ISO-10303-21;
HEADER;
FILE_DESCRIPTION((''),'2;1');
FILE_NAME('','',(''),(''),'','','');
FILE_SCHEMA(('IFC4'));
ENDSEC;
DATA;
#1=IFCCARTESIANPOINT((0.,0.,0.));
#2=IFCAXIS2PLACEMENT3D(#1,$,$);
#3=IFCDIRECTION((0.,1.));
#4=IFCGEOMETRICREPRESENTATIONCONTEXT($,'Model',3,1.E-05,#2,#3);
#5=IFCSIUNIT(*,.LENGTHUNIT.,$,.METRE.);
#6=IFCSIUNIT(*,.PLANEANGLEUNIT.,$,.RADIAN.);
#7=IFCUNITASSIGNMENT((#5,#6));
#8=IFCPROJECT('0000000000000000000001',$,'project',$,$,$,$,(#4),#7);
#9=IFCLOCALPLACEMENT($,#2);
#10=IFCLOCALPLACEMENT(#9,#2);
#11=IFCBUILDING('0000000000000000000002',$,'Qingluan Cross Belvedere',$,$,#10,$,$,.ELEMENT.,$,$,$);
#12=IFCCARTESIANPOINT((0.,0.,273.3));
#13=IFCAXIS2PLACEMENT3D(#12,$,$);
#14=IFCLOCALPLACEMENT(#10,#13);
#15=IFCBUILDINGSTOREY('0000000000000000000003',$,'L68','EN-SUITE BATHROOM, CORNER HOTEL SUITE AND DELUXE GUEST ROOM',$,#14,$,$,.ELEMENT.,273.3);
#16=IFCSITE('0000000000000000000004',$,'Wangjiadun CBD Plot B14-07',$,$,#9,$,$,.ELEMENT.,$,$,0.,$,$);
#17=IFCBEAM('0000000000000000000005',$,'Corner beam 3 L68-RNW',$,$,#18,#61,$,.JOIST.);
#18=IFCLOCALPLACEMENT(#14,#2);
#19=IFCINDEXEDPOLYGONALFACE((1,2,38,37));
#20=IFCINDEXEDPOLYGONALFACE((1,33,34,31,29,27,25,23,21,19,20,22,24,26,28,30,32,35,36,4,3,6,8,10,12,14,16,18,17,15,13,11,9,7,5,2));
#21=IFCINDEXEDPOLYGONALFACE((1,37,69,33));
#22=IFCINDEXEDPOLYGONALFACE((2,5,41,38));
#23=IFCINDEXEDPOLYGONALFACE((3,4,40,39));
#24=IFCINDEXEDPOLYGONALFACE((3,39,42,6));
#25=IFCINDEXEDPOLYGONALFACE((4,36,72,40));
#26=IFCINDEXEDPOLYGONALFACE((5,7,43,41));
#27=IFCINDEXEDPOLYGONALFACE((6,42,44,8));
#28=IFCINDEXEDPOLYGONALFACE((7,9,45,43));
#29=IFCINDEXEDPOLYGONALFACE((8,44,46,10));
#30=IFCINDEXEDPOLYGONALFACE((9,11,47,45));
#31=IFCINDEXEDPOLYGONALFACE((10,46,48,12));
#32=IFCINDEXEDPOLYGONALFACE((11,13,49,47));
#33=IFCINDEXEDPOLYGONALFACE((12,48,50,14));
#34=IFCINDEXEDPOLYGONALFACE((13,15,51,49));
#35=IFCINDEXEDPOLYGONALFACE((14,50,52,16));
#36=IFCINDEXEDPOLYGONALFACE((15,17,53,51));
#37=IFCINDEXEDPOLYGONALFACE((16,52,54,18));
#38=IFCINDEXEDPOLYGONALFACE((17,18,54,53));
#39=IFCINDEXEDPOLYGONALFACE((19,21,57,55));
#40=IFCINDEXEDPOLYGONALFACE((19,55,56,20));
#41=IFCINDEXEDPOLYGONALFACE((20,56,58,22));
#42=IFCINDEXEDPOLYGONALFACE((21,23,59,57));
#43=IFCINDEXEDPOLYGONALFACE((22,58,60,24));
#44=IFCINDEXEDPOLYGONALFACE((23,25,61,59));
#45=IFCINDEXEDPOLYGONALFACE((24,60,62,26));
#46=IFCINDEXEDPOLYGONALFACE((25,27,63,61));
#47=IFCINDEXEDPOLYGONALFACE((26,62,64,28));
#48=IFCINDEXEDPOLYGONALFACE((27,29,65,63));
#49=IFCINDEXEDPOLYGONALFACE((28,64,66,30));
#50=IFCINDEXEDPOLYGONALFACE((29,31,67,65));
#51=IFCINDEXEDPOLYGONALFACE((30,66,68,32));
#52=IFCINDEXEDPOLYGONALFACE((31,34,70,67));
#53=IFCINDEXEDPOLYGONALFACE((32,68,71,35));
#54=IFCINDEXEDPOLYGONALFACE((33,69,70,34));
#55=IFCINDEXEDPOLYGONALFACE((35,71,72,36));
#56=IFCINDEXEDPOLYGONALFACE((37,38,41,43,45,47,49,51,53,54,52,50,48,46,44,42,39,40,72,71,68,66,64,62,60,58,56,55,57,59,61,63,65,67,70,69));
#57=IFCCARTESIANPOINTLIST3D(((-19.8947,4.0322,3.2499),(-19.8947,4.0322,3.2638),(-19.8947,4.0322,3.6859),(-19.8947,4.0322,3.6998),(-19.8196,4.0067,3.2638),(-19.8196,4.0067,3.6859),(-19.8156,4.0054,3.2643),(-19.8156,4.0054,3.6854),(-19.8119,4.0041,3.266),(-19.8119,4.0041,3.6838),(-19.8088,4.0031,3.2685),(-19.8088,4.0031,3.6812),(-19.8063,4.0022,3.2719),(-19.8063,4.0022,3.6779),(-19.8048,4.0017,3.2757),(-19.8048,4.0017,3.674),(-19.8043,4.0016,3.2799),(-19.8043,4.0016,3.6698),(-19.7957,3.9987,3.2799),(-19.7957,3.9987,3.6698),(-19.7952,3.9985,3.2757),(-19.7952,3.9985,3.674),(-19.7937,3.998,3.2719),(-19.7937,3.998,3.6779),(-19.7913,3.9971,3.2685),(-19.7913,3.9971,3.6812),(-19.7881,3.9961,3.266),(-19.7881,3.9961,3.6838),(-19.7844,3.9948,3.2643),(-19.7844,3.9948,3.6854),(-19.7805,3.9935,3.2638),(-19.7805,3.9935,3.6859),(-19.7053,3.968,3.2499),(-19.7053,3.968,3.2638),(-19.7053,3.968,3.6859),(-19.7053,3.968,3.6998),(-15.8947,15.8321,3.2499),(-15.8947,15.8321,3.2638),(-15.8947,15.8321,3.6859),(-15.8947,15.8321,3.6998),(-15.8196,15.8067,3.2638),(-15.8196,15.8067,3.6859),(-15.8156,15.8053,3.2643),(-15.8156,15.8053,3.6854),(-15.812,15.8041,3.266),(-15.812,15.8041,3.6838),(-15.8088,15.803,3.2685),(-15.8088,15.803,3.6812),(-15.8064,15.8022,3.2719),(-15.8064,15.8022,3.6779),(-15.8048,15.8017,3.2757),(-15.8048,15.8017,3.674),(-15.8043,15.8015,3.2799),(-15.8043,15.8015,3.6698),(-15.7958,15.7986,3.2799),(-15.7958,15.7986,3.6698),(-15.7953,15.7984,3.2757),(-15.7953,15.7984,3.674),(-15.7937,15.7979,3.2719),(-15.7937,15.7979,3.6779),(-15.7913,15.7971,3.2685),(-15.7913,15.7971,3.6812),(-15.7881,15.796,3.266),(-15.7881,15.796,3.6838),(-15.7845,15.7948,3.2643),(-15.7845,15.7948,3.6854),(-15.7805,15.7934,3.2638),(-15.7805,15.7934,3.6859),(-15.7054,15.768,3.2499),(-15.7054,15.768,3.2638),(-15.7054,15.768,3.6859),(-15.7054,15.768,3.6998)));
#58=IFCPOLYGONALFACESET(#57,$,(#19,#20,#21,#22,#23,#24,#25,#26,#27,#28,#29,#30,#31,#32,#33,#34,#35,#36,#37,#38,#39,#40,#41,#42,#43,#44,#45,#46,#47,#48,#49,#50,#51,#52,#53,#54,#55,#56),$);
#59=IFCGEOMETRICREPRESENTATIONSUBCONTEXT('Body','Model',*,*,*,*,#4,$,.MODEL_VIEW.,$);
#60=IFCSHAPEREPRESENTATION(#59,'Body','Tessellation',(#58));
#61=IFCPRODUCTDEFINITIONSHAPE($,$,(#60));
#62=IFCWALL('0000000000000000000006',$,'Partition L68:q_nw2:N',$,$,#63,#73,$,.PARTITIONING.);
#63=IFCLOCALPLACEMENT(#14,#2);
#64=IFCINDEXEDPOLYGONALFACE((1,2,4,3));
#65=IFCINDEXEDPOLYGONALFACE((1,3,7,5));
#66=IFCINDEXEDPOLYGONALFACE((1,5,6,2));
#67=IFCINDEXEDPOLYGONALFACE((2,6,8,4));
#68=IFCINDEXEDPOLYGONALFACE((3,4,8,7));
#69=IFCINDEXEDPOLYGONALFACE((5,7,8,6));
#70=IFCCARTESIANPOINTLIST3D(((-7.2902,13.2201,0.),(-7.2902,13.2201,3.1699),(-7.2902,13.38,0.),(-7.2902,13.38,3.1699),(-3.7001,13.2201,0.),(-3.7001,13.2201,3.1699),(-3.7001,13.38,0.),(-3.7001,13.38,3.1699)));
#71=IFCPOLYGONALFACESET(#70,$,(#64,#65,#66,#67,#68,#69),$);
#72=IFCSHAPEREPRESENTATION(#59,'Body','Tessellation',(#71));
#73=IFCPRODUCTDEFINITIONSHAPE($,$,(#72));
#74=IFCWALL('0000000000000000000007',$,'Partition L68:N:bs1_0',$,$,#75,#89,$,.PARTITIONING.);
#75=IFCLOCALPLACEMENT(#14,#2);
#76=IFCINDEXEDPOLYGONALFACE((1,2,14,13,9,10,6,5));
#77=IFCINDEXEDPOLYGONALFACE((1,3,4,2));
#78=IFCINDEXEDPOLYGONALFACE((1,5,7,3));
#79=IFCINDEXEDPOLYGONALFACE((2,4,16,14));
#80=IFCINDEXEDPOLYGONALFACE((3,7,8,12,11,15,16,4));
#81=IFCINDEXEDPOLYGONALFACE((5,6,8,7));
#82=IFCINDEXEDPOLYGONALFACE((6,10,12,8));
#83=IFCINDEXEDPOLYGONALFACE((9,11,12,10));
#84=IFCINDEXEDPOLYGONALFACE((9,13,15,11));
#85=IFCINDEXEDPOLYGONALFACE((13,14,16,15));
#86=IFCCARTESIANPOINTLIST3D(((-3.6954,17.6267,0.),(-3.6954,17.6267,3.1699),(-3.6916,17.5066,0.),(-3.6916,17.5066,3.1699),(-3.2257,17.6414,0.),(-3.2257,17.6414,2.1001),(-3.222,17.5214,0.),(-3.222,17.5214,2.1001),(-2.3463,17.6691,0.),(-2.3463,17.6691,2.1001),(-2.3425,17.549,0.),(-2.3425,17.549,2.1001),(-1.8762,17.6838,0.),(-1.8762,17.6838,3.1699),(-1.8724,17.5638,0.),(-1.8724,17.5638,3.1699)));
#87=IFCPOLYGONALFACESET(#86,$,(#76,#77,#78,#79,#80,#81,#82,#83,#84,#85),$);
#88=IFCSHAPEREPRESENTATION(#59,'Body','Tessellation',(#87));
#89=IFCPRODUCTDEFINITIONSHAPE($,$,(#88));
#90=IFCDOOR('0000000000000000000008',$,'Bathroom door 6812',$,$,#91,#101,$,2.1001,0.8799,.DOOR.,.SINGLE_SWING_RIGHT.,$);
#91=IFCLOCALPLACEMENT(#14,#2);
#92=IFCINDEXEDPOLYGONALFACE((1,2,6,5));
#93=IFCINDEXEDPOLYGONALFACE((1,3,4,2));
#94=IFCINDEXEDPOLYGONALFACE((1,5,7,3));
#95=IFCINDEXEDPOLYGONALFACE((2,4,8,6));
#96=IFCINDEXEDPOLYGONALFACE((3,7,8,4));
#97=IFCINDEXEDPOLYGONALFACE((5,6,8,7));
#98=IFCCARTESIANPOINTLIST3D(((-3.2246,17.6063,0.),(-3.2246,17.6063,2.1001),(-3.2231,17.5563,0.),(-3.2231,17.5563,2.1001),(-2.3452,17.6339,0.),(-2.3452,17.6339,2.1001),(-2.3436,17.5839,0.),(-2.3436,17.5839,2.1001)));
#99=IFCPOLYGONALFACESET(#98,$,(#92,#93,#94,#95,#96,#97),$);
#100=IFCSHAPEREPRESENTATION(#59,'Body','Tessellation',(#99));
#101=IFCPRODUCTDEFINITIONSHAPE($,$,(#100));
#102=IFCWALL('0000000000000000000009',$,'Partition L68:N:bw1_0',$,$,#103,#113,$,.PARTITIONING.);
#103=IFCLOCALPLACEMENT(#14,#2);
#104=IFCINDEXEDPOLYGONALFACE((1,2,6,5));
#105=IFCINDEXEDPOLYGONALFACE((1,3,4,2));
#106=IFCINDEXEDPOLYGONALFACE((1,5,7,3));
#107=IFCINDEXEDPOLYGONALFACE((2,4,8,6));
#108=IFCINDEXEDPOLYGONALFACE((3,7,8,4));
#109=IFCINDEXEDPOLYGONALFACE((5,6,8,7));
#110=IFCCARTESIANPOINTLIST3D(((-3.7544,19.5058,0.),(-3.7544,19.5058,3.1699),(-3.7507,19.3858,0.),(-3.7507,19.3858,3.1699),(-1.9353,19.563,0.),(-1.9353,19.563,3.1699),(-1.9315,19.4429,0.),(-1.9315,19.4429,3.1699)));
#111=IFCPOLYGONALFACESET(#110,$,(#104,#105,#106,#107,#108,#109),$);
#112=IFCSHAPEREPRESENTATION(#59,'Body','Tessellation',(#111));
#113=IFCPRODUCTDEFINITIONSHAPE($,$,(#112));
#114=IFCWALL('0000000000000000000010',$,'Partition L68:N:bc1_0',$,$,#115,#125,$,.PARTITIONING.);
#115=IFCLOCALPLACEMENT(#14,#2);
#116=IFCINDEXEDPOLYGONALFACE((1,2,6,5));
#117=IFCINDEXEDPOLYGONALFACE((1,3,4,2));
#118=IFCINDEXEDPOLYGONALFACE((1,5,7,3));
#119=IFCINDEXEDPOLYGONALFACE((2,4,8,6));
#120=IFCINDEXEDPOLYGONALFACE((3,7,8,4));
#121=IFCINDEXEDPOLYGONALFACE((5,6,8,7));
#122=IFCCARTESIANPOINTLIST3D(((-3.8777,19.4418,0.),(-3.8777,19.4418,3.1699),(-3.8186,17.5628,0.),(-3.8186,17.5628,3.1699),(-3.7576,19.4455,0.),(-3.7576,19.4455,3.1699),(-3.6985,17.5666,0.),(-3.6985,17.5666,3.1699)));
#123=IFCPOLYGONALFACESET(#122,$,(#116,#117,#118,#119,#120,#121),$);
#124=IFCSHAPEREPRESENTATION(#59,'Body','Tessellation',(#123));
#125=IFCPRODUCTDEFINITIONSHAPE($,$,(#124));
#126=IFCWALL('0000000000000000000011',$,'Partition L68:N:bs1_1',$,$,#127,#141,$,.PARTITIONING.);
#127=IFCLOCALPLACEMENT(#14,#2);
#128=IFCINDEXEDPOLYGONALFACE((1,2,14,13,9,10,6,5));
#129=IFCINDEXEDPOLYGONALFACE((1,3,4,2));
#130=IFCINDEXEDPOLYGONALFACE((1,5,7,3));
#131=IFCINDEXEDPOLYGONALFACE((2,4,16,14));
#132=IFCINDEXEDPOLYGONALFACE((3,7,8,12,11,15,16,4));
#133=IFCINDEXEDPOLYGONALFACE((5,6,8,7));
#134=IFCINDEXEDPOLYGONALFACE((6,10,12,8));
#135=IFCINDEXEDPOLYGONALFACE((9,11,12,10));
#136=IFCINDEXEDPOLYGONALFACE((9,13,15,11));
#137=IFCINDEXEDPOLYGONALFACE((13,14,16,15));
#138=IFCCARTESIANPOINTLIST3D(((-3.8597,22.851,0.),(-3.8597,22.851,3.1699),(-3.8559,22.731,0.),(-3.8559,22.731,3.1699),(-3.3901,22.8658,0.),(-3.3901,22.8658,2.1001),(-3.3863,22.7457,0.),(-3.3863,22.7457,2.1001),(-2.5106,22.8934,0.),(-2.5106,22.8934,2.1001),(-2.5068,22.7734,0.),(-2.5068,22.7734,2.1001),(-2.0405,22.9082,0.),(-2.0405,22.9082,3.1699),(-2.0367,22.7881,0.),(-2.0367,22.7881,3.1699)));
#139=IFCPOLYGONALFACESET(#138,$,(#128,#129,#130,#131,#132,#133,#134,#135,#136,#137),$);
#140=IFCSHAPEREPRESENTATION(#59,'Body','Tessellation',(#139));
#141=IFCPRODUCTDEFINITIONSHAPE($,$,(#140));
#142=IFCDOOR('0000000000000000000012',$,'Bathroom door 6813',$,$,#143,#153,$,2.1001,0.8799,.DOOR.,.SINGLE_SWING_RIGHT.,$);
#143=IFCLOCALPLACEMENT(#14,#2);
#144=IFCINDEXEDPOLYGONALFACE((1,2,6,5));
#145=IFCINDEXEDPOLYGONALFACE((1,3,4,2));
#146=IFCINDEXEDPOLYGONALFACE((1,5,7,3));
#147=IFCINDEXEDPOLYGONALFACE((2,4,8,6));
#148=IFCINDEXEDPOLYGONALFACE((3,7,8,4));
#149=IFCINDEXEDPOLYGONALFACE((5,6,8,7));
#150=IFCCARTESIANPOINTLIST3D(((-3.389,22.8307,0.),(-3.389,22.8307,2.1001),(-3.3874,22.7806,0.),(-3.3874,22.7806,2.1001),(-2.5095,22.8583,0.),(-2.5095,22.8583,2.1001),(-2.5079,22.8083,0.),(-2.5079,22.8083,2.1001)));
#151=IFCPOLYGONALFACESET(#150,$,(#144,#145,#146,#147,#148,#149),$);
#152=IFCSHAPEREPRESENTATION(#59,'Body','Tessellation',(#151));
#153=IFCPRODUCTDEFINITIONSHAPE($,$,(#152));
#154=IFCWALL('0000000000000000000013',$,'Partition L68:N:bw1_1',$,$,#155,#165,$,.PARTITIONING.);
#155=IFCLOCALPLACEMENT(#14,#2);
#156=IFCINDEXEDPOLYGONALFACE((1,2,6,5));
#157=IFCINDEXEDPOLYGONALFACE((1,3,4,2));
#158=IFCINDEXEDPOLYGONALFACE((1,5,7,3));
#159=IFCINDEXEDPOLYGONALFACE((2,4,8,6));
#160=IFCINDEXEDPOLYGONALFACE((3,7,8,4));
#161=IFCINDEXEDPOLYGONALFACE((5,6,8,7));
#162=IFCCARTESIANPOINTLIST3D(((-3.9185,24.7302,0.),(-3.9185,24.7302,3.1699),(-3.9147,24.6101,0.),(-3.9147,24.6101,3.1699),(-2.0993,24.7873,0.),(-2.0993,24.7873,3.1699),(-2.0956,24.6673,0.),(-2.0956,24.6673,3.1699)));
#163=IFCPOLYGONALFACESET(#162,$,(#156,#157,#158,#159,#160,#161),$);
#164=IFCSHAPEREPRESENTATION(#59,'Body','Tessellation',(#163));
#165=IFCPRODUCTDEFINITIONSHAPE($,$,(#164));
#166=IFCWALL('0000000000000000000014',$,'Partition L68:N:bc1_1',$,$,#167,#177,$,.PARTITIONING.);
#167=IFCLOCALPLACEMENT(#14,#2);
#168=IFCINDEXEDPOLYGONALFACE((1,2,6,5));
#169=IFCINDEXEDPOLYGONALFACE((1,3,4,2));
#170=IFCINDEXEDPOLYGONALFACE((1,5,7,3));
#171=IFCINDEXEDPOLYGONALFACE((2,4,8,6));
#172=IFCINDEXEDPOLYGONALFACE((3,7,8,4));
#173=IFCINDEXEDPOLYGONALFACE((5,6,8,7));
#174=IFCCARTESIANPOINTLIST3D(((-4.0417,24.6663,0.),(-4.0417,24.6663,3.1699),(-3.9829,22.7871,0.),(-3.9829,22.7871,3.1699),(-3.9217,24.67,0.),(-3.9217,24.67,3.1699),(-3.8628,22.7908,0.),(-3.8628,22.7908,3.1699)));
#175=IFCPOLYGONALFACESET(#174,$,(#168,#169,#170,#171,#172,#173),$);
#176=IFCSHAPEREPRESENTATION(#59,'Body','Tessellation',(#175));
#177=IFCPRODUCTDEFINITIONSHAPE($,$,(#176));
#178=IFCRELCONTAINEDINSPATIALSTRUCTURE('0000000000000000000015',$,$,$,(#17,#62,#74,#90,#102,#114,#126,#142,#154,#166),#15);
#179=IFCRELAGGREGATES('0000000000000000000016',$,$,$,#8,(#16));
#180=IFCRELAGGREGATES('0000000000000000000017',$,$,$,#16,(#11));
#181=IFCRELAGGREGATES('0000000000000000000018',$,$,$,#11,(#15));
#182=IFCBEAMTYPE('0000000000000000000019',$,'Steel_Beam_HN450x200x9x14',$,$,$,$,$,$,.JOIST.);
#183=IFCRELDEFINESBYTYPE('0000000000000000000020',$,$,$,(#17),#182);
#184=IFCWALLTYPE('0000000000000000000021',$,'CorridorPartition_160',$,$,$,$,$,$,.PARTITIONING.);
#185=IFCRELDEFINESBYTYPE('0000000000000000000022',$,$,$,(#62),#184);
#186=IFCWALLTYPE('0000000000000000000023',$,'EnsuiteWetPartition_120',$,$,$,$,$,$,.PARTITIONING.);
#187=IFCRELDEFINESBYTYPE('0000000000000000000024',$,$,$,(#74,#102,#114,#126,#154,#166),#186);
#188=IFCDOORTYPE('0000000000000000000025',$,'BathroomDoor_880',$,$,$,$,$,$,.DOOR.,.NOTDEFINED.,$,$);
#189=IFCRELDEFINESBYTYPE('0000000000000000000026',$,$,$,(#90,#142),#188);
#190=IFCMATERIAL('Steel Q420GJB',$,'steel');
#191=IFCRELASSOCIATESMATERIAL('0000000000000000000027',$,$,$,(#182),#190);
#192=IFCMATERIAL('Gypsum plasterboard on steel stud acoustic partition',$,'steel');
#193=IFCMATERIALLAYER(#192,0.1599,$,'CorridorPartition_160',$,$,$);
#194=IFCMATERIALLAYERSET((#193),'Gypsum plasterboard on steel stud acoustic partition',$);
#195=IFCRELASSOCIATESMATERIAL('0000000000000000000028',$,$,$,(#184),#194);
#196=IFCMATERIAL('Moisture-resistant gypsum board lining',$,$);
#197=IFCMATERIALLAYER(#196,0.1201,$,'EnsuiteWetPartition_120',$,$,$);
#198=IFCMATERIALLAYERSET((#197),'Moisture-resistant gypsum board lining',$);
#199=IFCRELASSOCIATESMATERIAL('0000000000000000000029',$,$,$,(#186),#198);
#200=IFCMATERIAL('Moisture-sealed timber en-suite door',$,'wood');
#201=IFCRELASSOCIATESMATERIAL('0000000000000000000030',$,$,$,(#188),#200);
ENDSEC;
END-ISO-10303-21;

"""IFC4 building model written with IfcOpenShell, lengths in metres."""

from ifc_helpers import new_model, si_unit, direction, frame, frame_2d, origin, origin_2d, place, context, subcontext, project, spatial, rectangle, i_section, extrude, material, layer, layer_set, material_profile, profile_set, type_object, element, fill, save


model = new_model("IFC4")

# Units and contexts
model_context = context("Model", 3, precision=1e-05, world=origin(), true_north=direction((0.0, 1.0)))
body_context = subcontext(model_context, "Body", "Model", "MODEL_VIEW")
ifc_project = project(units=[si_unit("LENGTHUNIT", "METRE"), si_unit("PLANEANGLEUNIT", "RADIAN")], contexts=[model_context])

# Site, building, storey
site_placement = place(None, origin())
site = spatial("IfcSite", under=ifc_project, at=site_placement, Name="Wangjiadun CBD Plot B14-07", CompositionType="ELEMENT", RefElevation=0.0)
building_placement = place(site_placement, origin())
building = spatial("IfcBuilding", under=site, at=building_placement, Name="Qingluan Cross Belvedere", CompositionType="ELEMENT")
storey_placement = place(building_placement, frame((0.0, 0.0, 273.3)))
storey = spatial("IfcBuildingStorey", under=building, at=storey_placement, Name="L68", Description="EN-SUITE BATHROOM, CORNER HOTEL SUITE AND DELUXE GUEST ROOM", CompositionType="ELEMENT", Elevation=273.3)

# Beam
ifc_material_1 = material(Name="Steel Q420GJB", Category="steel")
ifc_material_profile_1 = material_profile(ifc_material_1, i_section(OverallWidth=0.2, OverallDepth=0.45, WebThickness=0.009, FlangeThickness=0.0139, FilletRadius=0.0161, at=origin_2d()), Name="HN450x200x9x14")
ifc_profile_set_1 = profile_set([ifc_material_profile_1], Name="Steel Q420GJB")
beam_type_1 = type_object("IfcBeamType", Name="Steel_Beam_HN450x200x9x14", PredefinedType="JOIST", material=ifc_profile_set_1)
for number, where, z_axis, x_axis, name in (
    (1, (-15.8, 15.8, 3.4749), (-0.321038, -0.947066, 0.0), (0.947066, -0.321038, 0.0), "Corner beam 3 L68-RNW"),
):
    element("IfcBeam", number, at=place(storey_placement, frame(where, z_axis=z_axis, x_axis=x_axis)), inside=storey, type_object=beam_type_1, Name=name, PredefinedType="JOIST", context=body_context, shape_type="SweptSolid", body=[
        extrude(i_section(OverallWidth=0.2, OverallDepth=0.45, WebThickness=0.009, FlangeThickness=0.0139, FilletRadius=0.0161, at=origin_2d()), origin(), (0.0, 0.0, 1.0), 12.4595),
    ])

# Wall
ifc_material_2 = material(Name="Gypsum plasterboard on steel stud acoustic partition", Category="steel")
ifc_layer_1 = layer(ifc_material_2, 0.1599, Name="CorridorPartition_160")
ifc_layer_set_1 = layer_set([ifc_layer_1], Name="Gypsum plasterboard on steel stud acoustic partition")
wall_type_1 = type_object("IfcWallType", Name="CorridorPartition_160", PredefinedType="PARTITIONING", material=ifc_layer_set_1)
wall_1_placement = place(storey_placement, frame((-7.29, 13.3, 0.0), z_axis=(0.0, 0.0, 1.0), x_axis=(1.0, 0.0, 0.0)))
element("IfcWall", 2, at=wall_1_placement, inside=storey, type_object=wall_type_1, Name="Partition L68:q_nw2:N", PredefinedType="PARTITIONING", context=body_context, shape_type="SweptSolid", body=[
    extrude(rectangle(XDim=3.5901, YDim=0.1599, at=frame_2d((1.7949, 0.0))), origin(), (0.0, 0.0, 1.0), 3.1699),
])

# Wall, opening, door
ifc_material_3 = material(Name="Moisture-resistant gypsum board lining")
ifc_layer_2 = layer(ifc_material_3, 0.1201, Name="EnsuiteWetPartition_120")
ifc_layer_set_2 = layer_set([ifc_layer_2], Name="Moisture-resistant gypsum board lining")
wall_type_2 = type_object("IfcWallType", Name="EnsuiteWetPartition_120", PredefinedType="PARTITIONING", material=ifc_layer_set_2)
wall_2_placement = place(storey_placement, frame((-3.6936, 17.5667, 0.0), z_axis=(0.0, 0.0, 1.0), x_axis=(0.999507, 0.03139, 0.0)))
wall_2 = element("IfcWall", 3, at=wall_2_placement, inside=storey, type_object=wall_type_2, Name="Partition L68:N:bs1_0", PredefinedType="PARTITIONING", context=body_context, shape_type="SweptSolid", body=[
    extrude(rectangle(XDim=1.8201, YDim=0.1201, at=frame_2d((0.9102, 0.0))), origin(), (0.0, 0.0, 1.0), 3.1699),
])
opening_1_placement = place(wall_2_placement, frame((0.47, 0.0, 0.0)))
opening_1 = element("IfcOpeningElement", 4, at=opening_1_placement, cuts=wall_2, PredefinedType="OPENING", context=body_context, shape_type="SweptSolid", body=[
    extrude(rectangle(XDim=0.8799, YDim=2.1001, at=frame_2d((0.4399, 1.05))), frame((0.0, 0.0701, 0.0), z_axis=(0.0, -1.0, 0.0), x_axis=(1.0, 0.0, 0.0)), (0.0, 0.0, 1.0), 0.1401),
])
ifc_material_4 = material(Name="Moisture-sealed timber en-suite door", Category="wood")
door_type = type_object("IfcDoorType", Name="BathroomDoor_880", OperationType="NOTDEFINED", PredefinedType="DOOR", material=ifc_material_4)
door_1_placement = place(opening_1_placement, origin())
door_1 = element("IfcDoor", 5, at=door_1_placement, inside=storey, type_object=door_type, Name="Bathroom door 6812", OperationType="SINGLE_SWING_RIGHT", OverallHeight=2.1001, OverallWidth=0.8799, PredefinedType="DOOR", context=body_context, shape_type="SweptSolid", body=[
    extrude(rectangle(XDim=0.8799, YDim=2.1001, at=frame_2d((0.4399, 1.05))), frame((0.0, 0.0249, 0.0), z_axis=(0.0, -1.0, 0.0), x_axis=(1.0, 0.0, 0.0)), (0.0, 0.0, 1.0), 0.05),
])
fill(opening_1, door_1)

# Walls
wall_3_placement = place(storey_placement, frame((-3.7527, 19.4458, 0.0), z_axis=(0.0, 0.0, 1.0), x_axis=(0.999507, 0.03139, 0.0)))
element("IfcWall", 6, at=wall_3_placement, inside=storey, type_object=wall_type_2, Name="Partition L68:N:bw1_0", PredefinedType="PARTITIONING", context=body_context, shape_type="SweptSolid", body=[
    extrude(rectangle(XDim=1.8201, YDim=0.1201, at=frame_2d((0.9102, 0.0))), origin(), (0.0, 0.0, 1.0), 3.1699),
])
wall_4_placement = place(storey_placement, frame((-3.7585, 17.5647, 0.0), z_axis=(0.0, 0.0, 1.0), x_axis=(-0.031429, 0.999506, 0.0)))
element("IfcWall", 7, at=wall_4_placement, inside=storey, type_object=wall_type_2, Name="Partition L68:N:bc1_0", PredefinedType="PARTITIONING", context=body_context, shape_type="SweptSolid", body=[
    extrude(rectangle(XDim=1.8799, YDim=0.1201, at=frame_2d((0.9399, 0.0))), origin(), (0.0, 0.0, 1.0), 3.1699),
])

# Wall, opening, door
wall_5_placement = place(storey_placement, frame((-3.8579, 22.791, 0.0), z_axis=(0.0, 0.0, 1.0), x_axis=(0.999507, 0.03139, 0.0)))
wall_5 = element("IfcWall", 8, at=wall_5_placement, inside=storey, type_object=wall_type_2, Name="Partition L68:N:bs1_1", PredefinedType="PARTITIONING", context=body_context, shape_type="SweptSolid", body=[
    extrude(rectangle(XDim=1.8201, YDim=0.1201, at=frame_2d((0.9102, 0.0))), origin(), (0.0, 0.0, 1.0), 3.1699),
])
opening_2_placement = place(wall_5_placement, frame((0.47, 0.0, 0.0)))
opening_2 = element("IfcOpeningElement", 9, at=opening_2_placement, cuts=wall_5, PredefinedType="OPENING", context=body_context, shape_type="SweptSolid", body=[
    extrude(rectangle(XDim=0.8799, YDim=2.1001, at=frame_2d((0.4399, 1.05))), frame((0.0, 0.0701, 0.0), z_axis=(0.0, -1.0, 0.0), x_axis=(1.0, 0.0, 0.0)), (0.0, 0.0, 1.0), 0.1401),
])
door_2_placement = place(opening_2_placement, origin())
door_2 = element("IfcDoor", 10, at=door_2_placement, inside=storey, type_object=door_type, Name="Bathroom door 6813", OperationType="SINGLE_SWING_RIGHT", OverallHeight=2.1001, OverallWidth=0.8799, PredefinedType="DOOR", context=body_context, shape_type="SweptSolid", body=[
    extrude(rectangle(XDim=0.8799, YDim=2.1001, at=frame_2d((0.4399, 1.05))), frame((0.0, 0.0249, 0.0), z_axis=(0.0, -1.0, 0.0), x_axis=(1.0, 0.0, 0.0)), (0.0, 0.0, 1.0), 0.05),
])
fill(opening_2, door_2)

# Walls
wall_6_placement = place(storey_placement, frame((-3.9167, 24.6702, 0.0), z_axis=(0.0, 0.0, 1.0), x_axis=(0.999507, 0.03139, 0.0)))
element("IfcWall", 11, at=wall_6_placement, inside=storey, type_object=wall_type_2, Name="Partition L68:N:bw1_1", PredefinedType="PARTITIONING", context=body_context, shape_type="SweptSolid", body=[
    extrude(rectangle(XDim=1.8201, YDim=0.1201, at=frame_2d((0.9102, 0.0))), origin(), (0.0, 0.0, 1.0), 3.1699),
])
wall_7_placement = place(storey_placement, frame((-3.9229, 22.7891, 0.0), z_axis=(0.0, 0.0, 1.0), x_axis=(-0.031296, 0.99951, 0.0)))
element("IfcWall", 12, at=wall_7_placement, inside=storey, type_object=wall_type_2, Name="Partition L68:N:bc1_1", PredefinedType="PARTITIONING", context=body_context, shape_type="SweptSolid", body=[
    extrude(rectangle(XDim=1.8801, YDim=0.1201, at=frame_2d((0.9399, 0.0))), origin(), (0.0, 0.0, 1.0), 3.1699),
])

save(model, "model.ifc")
